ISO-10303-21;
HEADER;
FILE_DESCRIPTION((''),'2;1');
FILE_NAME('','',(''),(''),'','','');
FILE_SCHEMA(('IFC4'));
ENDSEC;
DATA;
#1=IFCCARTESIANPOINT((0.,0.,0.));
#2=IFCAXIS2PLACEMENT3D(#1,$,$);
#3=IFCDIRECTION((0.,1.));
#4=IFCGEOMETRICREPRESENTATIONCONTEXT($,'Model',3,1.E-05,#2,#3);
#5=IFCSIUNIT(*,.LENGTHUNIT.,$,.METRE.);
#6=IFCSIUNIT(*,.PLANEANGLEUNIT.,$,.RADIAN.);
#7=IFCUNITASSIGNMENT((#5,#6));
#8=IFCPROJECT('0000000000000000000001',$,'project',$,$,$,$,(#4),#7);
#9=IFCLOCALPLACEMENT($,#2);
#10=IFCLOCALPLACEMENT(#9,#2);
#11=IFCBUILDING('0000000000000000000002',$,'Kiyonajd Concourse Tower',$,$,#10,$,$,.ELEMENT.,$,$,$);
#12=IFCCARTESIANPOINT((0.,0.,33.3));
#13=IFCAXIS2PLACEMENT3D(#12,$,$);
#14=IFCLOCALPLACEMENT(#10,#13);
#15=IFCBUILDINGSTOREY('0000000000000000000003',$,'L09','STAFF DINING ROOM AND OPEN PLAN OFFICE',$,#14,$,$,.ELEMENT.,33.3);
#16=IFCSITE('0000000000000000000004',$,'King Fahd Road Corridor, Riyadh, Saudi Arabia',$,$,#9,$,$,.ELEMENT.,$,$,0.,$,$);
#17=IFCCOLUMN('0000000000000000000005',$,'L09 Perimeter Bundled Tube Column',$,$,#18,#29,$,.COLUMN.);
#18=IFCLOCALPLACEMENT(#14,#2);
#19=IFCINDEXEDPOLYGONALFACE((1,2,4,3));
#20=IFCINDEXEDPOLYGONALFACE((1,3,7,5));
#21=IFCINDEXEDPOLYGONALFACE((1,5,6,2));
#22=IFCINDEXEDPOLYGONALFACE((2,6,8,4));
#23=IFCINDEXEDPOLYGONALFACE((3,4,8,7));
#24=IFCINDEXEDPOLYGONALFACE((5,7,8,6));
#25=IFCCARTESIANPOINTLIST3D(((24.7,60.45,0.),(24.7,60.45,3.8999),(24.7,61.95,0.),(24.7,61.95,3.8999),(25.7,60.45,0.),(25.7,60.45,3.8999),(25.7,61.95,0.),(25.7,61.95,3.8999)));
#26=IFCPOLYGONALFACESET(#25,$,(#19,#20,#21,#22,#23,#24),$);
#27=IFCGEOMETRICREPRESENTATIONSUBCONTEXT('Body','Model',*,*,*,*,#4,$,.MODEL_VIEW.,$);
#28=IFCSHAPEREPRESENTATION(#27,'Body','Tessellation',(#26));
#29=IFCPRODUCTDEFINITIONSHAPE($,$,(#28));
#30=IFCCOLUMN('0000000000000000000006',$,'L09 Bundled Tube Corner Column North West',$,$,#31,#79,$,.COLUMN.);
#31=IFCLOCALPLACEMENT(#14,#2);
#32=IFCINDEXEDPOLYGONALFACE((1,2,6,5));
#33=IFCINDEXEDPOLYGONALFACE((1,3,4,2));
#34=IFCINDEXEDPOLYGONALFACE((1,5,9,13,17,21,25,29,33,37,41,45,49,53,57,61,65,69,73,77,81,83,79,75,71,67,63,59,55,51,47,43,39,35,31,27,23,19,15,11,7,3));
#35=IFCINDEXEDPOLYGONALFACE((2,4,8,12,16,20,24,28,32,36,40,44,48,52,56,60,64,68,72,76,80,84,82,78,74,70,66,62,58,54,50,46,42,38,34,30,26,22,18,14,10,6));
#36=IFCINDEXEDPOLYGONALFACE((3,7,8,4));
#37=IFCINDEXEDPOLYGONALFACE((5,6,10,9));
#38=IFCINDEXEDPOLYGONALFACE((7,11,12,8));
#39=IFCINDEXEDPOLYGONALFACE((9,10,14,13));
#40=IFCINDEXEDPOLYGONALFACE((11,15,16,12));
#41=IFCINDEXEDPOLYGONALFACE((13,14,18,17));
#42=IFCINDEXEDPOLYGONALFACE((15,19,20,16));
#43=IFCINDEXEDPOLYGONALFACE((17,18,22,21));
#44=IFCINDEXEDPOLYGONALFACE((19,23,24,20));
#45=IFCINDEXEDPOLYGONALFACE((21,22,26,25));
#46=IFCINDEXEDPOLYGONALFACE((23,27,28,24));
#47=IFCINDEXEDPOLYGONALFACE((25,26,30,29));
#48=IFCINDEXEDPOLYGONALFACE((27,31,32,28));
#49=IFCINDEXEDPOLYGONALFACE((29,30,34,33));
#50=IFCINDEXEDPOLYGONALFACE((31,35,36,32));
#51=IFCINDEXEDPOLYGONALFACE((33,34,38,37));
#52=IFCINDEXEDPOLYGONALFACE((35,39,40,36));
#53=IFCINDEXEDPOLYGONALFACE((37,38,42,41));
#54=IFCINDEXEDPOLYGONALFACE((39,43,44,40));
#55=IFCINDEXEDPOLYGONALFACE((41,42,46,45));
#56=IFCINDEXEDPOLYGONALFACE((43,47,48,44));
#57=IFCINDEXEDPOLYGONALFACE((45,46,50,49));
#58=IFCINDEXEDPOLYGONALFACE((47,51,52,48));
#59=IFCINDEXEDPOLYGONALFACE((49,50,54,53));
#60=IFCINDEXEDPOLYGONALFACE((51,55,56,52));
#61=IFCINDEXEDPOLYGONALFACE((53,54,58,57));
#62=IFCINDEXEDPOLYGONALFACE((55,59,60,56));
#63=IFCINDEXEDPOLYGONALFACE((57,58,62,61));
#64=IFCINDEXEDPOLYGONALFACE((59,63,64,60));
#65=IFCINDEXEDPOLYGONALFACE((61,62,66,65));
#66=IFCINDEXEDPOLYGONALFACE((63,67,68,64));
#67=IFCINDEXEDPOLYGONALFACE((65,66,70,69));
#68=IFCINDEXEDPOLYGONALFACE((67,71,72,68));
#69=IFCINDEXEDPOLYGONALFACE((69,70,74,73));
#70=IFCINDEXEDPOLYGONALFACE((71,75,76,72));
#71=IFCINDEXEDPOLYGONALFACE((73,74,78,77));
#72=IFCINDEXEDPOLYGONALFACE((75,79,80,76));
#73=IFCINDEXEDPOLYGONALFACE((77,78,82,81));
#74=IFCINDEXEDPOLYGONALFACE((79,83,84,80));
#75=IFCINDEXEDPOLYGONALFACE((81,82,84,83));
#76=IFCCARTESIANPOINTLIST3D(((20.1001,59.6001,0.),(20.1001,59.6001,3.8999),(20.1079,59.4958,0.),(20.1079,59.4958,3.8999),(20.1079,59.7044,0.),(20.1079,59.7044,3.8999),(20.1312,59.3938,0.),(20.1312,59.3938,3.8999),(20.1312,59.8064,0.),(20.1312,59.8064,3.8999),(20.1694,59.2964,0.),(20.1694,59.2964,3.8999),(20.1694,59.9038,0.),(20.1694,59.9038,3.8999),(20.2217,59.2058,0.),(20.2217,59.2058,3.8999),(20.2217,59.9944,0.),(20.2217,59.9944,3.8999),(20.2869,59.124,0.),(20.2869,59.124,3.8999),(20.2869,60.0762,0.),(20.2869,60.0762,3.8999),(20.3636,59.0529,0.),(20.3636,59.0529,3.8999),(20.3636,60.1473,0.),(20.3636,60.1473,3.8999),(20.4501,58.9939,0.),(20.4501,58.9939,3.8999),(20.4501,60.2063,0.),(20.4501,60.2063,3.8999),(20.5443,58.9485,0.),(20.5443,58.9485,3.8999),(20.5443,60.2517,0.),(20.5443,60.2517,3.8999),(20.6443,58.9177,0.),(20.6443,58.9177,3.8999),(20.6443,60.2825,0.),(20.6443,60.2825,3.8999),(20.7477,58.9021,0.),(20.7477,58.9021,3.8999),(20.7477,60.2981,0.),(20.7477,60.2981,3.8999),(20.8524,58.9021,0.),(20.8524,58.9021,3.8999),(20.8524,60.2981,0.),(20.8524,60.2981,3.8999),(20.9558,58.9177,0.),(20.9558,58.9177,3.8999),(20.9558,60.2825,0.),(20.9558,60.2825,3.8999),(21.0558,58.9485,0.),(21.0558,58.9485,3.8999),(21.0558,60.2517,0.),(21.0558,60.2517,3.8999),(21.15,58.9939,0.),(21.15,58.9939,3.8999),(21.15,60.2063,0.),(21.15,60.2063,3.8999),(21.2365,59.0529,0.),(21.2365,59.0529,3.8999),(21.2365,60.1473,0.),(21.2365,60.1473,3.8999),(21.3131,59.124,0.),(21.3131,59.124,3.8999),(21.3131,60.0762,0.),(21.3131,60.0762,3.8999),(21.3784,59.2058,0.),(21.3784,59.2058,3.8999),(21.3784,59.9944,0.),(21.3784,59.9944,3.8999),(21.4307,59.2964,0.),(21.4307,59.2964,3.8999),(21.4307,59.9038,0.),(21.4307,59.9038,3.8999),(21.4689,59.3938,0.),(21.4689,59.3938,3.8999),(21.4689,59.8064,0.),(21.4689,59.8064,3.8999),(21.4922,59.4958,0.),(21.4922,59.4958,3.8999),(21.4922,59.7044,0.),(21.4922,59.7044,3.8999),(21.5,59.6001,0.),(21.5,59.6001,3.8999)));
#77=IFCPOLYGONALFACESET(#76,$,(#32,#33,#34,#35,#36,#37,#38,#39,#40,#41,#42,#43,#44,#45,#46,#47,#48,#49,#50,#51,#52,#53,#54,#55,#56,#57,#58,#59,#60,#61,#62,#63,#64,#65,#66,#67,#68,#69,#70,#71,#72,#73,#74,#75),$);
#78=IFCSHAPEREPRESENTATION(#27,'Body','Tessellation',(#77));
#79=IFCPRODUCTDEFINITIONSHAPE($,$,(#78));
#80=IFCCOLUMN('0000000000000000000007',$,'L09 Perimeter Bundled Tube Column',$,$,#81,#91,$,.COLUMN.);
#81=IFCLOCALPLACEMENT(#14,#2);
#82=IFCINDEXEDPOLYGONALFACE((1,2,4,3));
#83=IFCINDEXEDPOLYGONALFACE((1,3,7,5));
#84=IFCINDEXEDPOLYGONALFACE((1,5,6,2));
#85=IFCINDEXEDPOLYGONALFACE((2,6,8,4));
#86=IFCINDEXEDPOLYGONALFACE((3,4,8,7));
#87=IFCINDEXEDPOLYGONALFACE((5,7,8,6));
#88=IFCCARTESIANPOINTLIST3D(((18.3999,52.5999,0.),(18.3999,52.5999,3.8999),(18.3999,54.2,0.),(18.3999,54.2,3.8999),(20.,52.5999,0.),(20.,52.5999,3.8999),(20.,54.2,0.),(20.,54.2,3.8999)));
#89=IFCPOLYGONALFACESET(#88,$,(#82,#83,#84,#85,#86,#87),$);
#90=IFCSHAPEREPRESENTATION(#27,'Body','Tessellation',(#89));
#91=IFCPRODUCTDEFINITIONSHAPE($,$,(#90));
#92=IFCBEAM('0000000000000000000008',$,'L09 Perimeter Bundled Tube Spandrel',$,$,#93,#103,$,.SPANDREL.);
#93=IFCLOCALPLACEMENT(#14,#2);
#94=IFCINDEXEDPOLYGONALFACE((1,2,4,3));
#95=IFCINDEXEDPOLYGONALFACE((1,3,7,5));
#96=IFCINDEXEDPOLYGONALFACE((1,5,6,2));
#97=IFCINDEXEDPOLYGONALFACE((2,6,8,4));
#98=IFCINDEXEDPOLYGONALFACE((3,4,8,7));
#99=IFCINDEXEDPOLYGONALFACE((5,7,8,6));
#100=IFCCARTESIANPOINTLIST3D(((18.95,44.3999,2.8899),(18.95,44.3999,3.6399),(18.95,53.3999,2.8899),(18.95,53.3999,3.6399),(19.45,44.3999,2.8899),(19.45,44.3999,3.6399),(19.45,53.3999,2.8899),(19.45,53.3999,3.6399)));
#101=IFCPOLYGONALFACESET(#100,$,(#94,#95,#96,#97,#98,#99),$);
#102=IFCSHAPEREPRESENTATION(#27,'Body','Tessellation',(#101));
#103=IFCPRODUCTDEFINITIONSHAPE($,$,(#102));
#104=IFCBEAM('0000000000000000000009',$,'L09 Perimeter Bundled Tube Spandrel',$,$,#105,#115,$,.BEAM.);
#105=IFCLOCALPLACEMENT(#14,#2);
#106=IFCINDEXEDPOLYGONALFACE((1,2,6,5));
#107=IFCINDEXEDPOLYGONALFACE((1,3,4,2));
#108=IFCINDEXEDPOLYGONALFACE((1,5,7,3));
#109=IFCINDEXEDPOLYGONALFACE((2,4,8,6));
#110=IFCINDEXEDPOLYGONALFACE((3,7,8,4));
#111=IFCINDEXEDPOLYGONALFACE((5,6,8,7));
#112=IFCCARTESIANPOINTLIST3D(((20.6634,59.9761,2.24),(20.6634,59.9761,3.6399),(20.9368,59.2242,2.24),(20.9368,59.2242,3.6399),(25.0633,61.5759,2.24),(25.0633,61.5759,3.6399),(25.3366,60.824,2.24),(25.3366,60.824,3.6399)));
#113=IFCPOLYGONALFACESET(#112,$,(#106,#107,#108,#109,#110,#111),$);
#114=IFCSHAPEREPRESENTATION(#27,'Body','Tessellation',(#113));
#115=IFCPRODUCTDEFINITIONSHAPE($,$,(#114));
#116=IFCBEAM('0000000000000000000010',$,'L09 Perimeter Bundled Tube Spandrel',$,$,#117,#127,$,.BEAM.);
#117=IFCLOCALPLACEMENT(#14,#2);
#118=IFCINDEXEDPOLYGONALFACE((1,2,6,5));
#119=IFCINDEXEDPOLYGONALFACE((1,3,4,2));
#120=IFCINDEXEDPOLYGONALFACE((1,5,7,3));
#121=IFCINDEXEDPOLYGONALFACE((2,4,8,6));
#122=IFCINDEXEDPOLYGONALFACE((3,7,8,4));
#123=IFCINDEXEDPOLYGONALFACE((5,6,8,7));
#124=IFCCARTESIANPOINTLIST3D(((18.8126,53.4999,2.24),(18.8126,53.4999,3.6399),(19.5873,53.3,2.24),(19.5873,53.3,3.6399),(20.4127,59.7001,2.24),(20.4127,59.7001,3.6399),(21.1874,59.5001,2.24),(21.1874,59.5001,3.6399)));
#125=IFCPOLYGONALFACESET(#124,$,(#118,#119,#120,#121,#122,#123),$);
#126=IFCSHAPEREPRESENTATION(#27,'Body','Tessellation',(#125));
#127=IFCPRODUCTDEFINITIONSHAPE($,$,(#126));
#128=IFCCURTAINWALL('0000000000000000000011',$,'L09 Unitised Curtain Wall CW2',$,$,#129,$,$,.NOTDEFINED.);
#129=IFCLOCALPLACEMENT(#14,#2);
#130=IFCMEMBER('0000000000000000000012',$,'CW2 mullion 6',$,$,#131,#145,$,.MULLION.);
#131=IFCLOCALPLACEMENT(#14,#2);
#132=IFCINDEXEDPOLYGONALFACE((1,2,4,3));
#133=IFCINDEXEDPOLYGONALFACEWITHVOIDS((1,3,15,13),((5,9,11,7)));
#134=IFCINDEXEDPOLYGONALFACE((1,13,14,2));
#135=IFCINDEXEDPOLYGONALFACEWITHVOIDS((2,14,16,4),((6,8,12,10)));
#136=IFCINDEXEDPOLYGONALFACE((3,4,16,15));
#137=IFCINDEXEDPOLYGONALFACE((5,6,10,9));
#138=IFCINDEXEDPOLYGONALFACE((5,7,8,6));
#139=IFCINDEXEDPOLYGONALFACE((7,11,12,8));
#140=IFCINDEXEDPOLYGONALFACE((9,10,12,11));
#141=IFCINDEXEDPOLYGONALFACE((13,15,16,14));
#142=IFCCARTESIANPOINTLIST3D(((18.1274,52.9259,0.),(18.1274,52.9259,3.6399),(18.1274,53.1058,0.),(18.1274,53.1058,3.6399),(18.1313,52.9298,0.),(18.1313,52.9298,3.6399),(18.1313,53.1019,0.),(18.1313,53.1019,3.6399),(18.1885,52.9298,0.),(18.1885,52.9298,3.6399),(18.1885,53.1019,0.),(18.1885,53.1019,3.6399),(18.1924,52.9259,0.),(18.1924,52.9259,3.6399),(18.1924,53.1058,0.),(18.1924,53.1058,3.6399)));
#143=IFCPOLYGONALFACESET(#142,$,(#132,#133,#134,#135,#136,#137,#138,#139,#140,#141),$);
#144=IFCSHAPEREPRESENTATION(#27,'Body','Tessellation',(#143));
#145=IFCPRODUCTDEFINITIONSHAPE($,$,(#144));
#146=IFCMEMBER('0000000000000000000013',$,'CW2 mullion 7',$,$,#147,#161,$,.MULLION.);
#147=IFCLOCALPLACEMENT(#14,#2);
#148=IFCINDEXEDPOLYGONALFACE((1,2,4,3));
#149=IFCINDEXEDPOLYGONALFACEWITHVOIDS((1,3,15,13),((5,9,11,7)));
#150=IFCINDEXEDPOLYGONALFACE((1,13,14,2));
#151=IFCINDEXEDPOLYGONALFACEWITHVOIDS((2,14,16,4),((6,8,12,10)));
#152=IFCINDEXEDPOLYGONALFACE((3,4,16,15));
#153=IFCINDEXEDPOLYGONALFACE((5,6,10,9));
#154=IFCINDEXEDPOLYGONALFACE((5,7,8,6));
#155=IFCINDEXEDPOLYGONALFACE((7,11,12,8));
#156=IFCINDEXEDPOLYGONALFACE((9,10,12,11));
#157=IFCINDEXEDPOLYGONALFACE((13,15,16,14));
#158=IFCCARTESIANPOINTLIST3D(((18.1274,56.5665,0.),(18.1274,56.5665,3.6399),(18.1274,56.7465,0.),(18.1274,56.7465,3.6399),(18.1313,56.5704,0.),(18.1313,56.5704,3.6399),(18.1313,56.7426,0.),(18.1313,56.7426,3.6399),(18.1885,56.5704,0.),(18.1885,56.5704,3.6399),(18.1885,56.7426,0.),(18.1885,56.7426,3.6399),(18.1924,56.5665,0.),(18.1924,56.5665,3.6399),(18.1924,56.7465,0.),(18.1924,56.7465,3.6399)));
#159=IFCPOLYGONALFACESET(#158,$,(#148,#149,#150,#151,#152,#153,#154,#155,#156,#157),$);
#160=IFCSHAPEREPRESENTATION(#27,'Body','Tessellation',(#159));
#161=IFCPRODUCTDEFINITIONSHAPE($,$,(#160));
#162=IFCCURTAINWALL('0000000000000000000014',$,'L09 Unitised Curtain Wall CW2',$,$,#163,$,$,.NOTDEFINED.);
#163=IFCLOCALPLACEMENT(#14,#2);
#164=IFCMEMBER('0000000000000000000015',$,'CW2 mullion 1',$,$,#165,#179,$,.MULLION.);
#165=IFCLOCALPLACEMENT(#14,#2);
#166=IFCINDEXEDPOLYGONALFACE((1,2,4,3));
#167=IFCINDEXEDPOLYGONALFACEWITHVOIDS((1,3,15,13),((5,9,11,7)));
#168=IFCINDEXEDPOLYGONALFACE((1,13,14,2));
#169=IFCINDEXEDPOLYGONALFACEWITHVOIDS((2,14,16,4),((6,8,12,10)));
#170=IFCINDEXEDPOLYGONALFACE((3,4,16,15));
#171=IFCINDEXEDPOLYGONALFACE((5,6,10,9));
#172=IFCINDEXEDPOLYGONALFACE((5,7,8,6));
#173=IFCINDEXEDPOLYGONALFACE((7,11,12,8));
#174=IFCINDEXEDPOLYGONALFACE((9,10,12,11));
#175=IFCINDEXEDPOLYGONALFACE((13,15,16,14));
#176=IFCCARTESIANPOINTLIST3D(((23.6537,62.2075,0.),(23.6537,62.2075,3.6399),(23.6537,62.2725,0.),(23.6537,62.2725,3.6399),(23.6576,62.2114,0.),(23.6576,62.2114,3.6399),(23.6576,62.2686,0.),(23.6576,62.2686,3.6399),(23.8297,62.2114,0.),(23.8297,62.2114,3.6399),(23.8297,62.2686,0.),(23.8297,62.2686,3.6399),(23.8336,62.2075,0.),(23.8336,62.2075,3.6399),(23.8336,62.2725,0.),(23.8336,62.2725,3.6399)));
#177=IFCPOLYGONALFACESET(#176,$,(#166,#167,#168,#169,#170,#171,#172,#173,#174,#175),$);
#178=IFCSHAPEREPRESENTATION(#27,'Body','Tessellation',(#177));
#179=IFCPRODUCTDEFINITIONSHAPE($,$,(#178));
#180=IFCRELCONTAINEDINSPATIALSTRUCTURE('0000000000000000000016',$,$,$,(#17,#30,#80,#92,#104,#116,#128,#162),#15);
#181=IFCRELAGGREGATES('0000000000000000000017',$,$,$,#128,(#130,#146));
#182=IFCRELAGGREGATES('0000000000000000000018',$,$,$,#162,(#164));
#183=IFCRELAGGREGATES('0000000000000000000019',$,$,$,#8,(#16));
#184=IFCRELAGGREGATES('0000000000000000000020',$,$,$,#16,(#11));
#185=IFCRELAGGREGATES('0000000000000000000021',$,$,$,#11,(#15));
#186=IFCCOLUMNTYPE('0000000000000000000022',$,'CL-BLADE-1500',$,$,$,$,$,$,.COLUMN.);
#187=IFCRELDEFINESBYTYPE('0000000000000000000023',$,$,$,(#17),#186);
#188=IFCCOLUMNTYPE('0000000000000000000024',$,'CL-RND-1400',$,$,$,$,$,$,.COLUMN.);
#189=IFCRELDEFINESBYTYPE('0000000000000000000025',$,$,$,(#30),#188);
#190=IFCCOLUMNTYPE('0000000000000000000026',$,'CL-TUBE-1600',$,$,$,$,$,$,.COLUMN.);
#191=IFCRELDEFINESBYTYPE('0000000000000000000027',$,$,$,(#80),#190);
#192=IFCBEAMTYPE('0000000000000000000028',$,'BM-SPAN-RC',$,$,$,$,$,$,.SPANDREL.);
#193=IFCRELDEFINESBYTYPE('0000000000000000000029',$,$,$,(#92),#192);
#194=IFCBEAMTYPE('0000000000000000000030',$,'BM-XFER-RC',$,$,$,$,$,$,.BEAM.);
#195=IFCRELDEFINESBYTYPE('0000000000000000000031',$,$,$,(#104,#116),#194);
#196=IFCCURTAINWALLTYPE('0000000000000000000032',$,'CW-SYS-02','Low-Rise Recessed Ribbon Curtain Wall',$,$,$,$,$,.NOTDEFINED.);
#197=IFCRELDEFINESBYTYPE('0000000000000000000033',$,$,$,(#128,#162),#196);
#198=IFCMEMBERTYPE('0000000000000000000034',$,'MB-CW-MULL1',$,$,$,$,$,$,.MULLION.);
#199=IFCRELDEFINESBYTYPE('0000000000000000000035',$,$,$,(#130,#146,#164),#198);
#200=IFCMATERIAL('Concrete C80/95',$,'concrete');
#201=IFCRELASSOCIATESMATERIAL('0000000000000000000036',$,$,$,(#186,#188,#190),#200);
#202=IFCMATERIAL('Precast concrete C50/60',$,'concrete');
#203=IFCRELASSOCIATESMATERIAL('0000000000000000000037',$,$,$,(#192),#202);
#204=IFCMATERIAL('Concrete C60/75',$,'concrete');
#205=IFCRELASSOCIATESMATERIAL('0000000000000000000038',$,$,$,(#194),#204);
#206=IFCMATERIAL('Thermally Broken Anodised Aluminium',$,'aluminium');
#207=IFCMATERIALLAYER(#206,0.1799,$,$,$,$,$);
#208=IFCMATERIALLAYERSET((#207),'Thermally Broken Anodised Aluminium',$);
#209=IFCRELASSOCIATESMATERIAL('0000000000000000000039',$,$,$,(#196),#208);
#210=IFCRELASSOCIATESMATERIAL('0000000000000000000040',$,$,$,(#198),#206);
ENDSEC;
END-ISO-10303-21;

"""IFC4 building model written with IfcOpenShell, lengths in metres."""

from ifc_helpers import new_model, si_unit, direction, frame, origin, origin_2d, place, context, subcontext, project, spatial, rectangle, hollow_rectangle, circle, extrude, material, layer, layer_set, material_profile, profile_set, type_object, element, aggregate, save


model = new_model("IFC4")

# Units and contexts
model_context = context("Model", 3, precision=1e-05, world=origin(), true_north=direction((0.0, 1.0)))
body_context = subcontext(model_context, "Body", "Model", "MODEL_VIEW")
ifc_project = project(units=[si_unit("LENGTHUNIT", "METRE"), si_unit("PLANEANGLEUNIT", "RADIAN")], contexts=[model_context])

# Site, building, storey
site_placement = place(None, origin())
site = spatial("IfcSite", under=ifc_project, at=site_placement, Name="King Fahd Road Corridor, Riyadh, Saudi Arabia", CompositionType="ELEMENT", RefElevation=0.0)
building_placement = place(site_placement, origin())
building = spatial("IfcBuilding", under=site, at=building_placement, Name="Kiyonajd Concourse Tower", CompositionType="ELEMENT")
storey_placement = place(building_placement, frame((0.0, 0.0, 33.3)))
storey = spatial("IfcBuildingStorey", under=building, at=storey_placement, Name="L09", Description="STAFF DINING ROOM AND OPEN PLAN OFFICE", CompositionType="ELEMENT", Elevation=33.3)

# Columns
ifc_material_1 = material(Name="Concrete C80/95", Category="concrete")
ifc_material_profile_1 = material_profile(ifc_material_1, rectangle(XDim=1.0, YDim=1.5, at=origin_2d()), Name="RC-1500x1000")
ifc_profile_set_1 = profile_set([ifc_material_profile_1], Name="Concrete C80/95")
column_type_1 = type_object("IfcColumnType", Name="CL-BLADE-1500", PredefinedType="COLUMN", material=ifc_profile_set_1)
column_1_placement = place(storey_placement, frame((25.2, 61.2, 0.0), z_axis=(0.0, 0.0, 1.0), x_axis=(1.0, 0.0, 0.0)))
element("IfcColumn", 1, at=column_1_placement, inside=storey, type_object=column_type_1, Name="L09 Perimeter Bundled Tube Column", PredefinedType="COLUMN", context=body_context, shape_type="SweptSolid", body=[
    extrude(rectangle(XDim=1.0, YDim=1.5, at=origin_2d()), origin(), (0.0, 0.0, 1.0), 3.8999),
])
ifc_material_profile_2 = material_profile(ifc_material_1, circle(Radius=0.7, at=origin_2d()), Name="RCC-D1400")
ifc_profile_set_2 = profile_set([ifc_material_profile_2], Name="Concrete C80/95")
column_type_2 = type_object("IfcColumnType", Name="CL-RND-1400", PredefinedType="COLUMN", material=ifc_profile_set_2)
column_2_placement = place(storey_placement, frame((20.8, 59.6001, 0.0), z_axis=(0.0, 0.0, 1.0), x_axis=(1.0, 0.0, 0.0)))
element("IfcColumn", 2, at=column_2_placement, inside=storey, type_object=column_type_2, Name="L09 Bundled Tube Corner Column North West", PredefinedType="COLUMN", context=body_context, shape_type="SweptSolid", body=[
    extrude(circle(Radius=0.7, at=origin_2d()), origin(), (0.0, 0.0, 1.0), 3.8999),
])
ifc_material_profile_3 = material_profile(ifc_material_1, rectangle(XDim=1.6001, YDim=1.6001, at=origin_2d()), Name="RC-1600x1600")
ifc_profile_set_3 = profile_set([ifc_material_profile_3], Name="Concrete C80/95")
column_type_3 = type_object("IfcColumnType", Name="CL-TUBE-1600", PredefinedType="COLUMN", material=ifc_profile_set_3)
column_3_placement = place(storey_placement, frame((19.2, 53.3999, 0.0), z_axis=(0.0, 0.0, 1.0), x_axis=(1.0, 0.0, 0.0)))
element("IfcColumn", 3, at=column_3_placement, inside=storey, type_object=column_type_3, Name="L09 Perimeter Bundled Tube Column", PredefinedType="COLUMN", context=body_context, shape_type="SweptSolid", body=[
    extrude(rectangle(XDim=1.6001, YDim=1.6001, at=origin_2d()), origin(), (0.0, 0.0, 1.0), 3.8999),
])

# Beams
ifc_material_2 = material(Name="Precast concrete C50/60", Category="concrete")
ifc_material_profile_4 = material_profile(ifc_material_2, rectangle(XDim=0.5, YDim=0.75, at=origin_2d()), Name="RCBM-500x750")
ifc_profile_set_4 = profile_set([ifc_material_profile_4], Name="Precast concrete C50/60")
beam_type_1 = type_object("IfcBeamType", Name="BM-SPAN-RC", PredefinedType="SPANDREL", material=ifc_profile_set_4)
beam_1_placement = place(storey_placement, frame((19.2, 53.3999, 3.2649), z_axis=(0.0, -1.0, 0.0), x_axis=(1.0, 0.0, 0.0)))
element("IfcBeam", 4, at=beam_1_placement, inside=storey, type_object=beam_type_1, Name="L09 Perimeter Bundled Tube Spandrel", PredefinedType="SPANDREL", context=body_context, shape_type="SweptSolid", body=[
    extrude(rectangle(XDim=0.5, YDim=0.75, at=origin_2d()), origin(), (0.0, 0.0, 1.0), 9.0),
])
ifc_material_3 = material(Name="Concrete C60/75", Category="concrete")
ifc_material_profile_5 = material_profile(ifc_material_3, rectangle(XDim=0.8, YDim=1.3999, at=origin_2d()), Name="RCBM-800x1400")
ifc_profile_set_5 = profile_set([ifc_material_profile_5], Name="Concrete C60/75")
beam_type_2 = type_object("IfcBeamType", Name="BM-XFER-RC", PredefinedType="BEAM", material=ifc_profile_set_5)
beam_2_placement = place(storey_placement, frame((25.2, 61.2, 2.9399), z_axis=(-0.939801, -0.341722, 0.0), x_axis=(0.341722, -0.939801, 0.0)))
element("IfcBeam", 5, at=beam_2_placement, inside=storey, type_object=beam_type_2, Name="L09 Perimeter Bundled Tube Spandrel", PredefinedType="BEAM", context=body_context, shape_type="SweptSolid", body=[
    extrude(rectangle(XDim=0.8, YDim=1.3999, at=origin_2d()), origin(), (0.0, 0.0, 1.0), 4.6816),
])
beam_3_placement = place(storey_placement, frame((20.8, 59.6001, 2.9399), z_axis=(-0.249885, -0.968276, 0.0), x_axis=(0.968276, -0.249885, 0.0)))
element("IfcBeam", 6, at=beam_3_placement, inside=storey, type_object=beam_type_2, Name="L09 Perimeter Bundled Tube Spandrel", PredefinedType="BEAM", context=body_context, shape_type="SweptSolid", body=[
    extrude(rectangle(XDim=0.8, YDim=1.3999, at=origin_2d()), origin(), (0.0, 0.0, 1.0), 6.4033),
])

# Curtain walls, members
ifc_material_4 = material(Name="Thermally Broken Anodised Aluminium", Category="aluminium")
ifc_layer_1 = layer(ifc_material_4, 0.1799)
ifc_layer_set_1 = layer_set([ifc_layer_1], Name="Thermally Broken Anodised Aluminium")
curtain_wall_type = type_object("IfcCurtainWallType", Name="CW-SYS-02", Description="Low-Rise Recessed Ribbon Curtain Wall", PredefinedType="NOTDEFINED", material=ifc_layer_set_1)
curtain_wall_1_placement = place(storey_placement, origin())
curtain_wall_1 = element("IfcCurtainWall", 7, at=curtain_wall_1_placement, inside=storey, type_object=curtain_wall_type, Name="L09 Unitised Curtain Wall CW2", PredefinedType="NOTDEFINED")
ifc_material_profile_6 = material_profile(ifc_material_4, hollow_rectangle(XDim=0.0649, YDim=0.1799, WallThickness=0.0039, at=origin_2d()), Name="MULL-65x180")
ifc_profile_set_6 = profile_set([ifc_material_profile_6], Name="Thermally Broken Anodised Aluminium")
member_type_1 = type_object("IfcMemberType", Name="MB-CW-MULL1", PredefinedType="MULLION", material=ifc_profile_set_6)
member_1_placement = place(storey_placement, frame((18.1599, 53.0159, 0.0), z_axis=(0.0, 0.0, 1.0), x_axis=(-1.0, 0.0, 0.0)))
member_1 = element("IfcMember", 8, at=member_1_placement, type_object=member_type_1, Name="CW2 mullion 6", PredefinedType="MULLION", context=body_context, shape_type="SweptSolid", body=[
    extrude(hollow_rectangle(XDim=0.0649, YDim=0.1799, WallThickness=0.0039, at=origin_2d()), origin(), (0.0, 0.0, 1.0), 3.6399),
])
member_2_placement = place(storey_placement, frame((18.1599, 56.6565, 0.0), z_axis=(0.0, 0.0, 1.0), x_axis=(-1.0, 0.0, 0.0)))
member_2 = element("IfcMember", 9, at=member_2_placement, type_object=member_type_1, Name="CW2 mullion 7", PredefinedType="MULLION", context=body_context, shape_type="SweptSolid", body=[
    extrude(hollow_rectangle(XDim=0.0649, YDim=0.1799, WallThickness=0.0039, at=origin_2d()), origin(), (0.0, 0.0, 1.0), 3.6399),
])
curtain_wall_2_placement = place(storey_placement, origin())
curtain_wall_2 = element("IfcCurtainWall", 10, at=curtain_wall_2_placement, inside=storey, type_object=curtain_wall_type, Name="L09 Unitised Curtain Wall CW2", PredefinedType="NOTDEFINED")
member_3_placement = place(storey_placement, frame((23.7437, 62.24, 0.0), z_axis=(0.0, 0.0, 1.0), x_axis=(0.0, 1.0, 0.0)))
member_3 = element("IfcMember", 11, at=member_3_placement, type_object=member_type_1, Name="CW2 mullion 1", PredefinedType="MULLION", context=body_context, shape_type="SweptSolid", body=[
    extrude(hollow_rectangle(XDim=0.0649, YDim=0.1799, WallThickness=0.0039, at=origin_2d()), origin(), (0.0, 0.0, 1.0), 3.6399),
])

aggregate(curtain_wall_1, [member_1, member_2])
aggregate(curtain_wall_2, [member_3])

save(model, "model.ifc")
